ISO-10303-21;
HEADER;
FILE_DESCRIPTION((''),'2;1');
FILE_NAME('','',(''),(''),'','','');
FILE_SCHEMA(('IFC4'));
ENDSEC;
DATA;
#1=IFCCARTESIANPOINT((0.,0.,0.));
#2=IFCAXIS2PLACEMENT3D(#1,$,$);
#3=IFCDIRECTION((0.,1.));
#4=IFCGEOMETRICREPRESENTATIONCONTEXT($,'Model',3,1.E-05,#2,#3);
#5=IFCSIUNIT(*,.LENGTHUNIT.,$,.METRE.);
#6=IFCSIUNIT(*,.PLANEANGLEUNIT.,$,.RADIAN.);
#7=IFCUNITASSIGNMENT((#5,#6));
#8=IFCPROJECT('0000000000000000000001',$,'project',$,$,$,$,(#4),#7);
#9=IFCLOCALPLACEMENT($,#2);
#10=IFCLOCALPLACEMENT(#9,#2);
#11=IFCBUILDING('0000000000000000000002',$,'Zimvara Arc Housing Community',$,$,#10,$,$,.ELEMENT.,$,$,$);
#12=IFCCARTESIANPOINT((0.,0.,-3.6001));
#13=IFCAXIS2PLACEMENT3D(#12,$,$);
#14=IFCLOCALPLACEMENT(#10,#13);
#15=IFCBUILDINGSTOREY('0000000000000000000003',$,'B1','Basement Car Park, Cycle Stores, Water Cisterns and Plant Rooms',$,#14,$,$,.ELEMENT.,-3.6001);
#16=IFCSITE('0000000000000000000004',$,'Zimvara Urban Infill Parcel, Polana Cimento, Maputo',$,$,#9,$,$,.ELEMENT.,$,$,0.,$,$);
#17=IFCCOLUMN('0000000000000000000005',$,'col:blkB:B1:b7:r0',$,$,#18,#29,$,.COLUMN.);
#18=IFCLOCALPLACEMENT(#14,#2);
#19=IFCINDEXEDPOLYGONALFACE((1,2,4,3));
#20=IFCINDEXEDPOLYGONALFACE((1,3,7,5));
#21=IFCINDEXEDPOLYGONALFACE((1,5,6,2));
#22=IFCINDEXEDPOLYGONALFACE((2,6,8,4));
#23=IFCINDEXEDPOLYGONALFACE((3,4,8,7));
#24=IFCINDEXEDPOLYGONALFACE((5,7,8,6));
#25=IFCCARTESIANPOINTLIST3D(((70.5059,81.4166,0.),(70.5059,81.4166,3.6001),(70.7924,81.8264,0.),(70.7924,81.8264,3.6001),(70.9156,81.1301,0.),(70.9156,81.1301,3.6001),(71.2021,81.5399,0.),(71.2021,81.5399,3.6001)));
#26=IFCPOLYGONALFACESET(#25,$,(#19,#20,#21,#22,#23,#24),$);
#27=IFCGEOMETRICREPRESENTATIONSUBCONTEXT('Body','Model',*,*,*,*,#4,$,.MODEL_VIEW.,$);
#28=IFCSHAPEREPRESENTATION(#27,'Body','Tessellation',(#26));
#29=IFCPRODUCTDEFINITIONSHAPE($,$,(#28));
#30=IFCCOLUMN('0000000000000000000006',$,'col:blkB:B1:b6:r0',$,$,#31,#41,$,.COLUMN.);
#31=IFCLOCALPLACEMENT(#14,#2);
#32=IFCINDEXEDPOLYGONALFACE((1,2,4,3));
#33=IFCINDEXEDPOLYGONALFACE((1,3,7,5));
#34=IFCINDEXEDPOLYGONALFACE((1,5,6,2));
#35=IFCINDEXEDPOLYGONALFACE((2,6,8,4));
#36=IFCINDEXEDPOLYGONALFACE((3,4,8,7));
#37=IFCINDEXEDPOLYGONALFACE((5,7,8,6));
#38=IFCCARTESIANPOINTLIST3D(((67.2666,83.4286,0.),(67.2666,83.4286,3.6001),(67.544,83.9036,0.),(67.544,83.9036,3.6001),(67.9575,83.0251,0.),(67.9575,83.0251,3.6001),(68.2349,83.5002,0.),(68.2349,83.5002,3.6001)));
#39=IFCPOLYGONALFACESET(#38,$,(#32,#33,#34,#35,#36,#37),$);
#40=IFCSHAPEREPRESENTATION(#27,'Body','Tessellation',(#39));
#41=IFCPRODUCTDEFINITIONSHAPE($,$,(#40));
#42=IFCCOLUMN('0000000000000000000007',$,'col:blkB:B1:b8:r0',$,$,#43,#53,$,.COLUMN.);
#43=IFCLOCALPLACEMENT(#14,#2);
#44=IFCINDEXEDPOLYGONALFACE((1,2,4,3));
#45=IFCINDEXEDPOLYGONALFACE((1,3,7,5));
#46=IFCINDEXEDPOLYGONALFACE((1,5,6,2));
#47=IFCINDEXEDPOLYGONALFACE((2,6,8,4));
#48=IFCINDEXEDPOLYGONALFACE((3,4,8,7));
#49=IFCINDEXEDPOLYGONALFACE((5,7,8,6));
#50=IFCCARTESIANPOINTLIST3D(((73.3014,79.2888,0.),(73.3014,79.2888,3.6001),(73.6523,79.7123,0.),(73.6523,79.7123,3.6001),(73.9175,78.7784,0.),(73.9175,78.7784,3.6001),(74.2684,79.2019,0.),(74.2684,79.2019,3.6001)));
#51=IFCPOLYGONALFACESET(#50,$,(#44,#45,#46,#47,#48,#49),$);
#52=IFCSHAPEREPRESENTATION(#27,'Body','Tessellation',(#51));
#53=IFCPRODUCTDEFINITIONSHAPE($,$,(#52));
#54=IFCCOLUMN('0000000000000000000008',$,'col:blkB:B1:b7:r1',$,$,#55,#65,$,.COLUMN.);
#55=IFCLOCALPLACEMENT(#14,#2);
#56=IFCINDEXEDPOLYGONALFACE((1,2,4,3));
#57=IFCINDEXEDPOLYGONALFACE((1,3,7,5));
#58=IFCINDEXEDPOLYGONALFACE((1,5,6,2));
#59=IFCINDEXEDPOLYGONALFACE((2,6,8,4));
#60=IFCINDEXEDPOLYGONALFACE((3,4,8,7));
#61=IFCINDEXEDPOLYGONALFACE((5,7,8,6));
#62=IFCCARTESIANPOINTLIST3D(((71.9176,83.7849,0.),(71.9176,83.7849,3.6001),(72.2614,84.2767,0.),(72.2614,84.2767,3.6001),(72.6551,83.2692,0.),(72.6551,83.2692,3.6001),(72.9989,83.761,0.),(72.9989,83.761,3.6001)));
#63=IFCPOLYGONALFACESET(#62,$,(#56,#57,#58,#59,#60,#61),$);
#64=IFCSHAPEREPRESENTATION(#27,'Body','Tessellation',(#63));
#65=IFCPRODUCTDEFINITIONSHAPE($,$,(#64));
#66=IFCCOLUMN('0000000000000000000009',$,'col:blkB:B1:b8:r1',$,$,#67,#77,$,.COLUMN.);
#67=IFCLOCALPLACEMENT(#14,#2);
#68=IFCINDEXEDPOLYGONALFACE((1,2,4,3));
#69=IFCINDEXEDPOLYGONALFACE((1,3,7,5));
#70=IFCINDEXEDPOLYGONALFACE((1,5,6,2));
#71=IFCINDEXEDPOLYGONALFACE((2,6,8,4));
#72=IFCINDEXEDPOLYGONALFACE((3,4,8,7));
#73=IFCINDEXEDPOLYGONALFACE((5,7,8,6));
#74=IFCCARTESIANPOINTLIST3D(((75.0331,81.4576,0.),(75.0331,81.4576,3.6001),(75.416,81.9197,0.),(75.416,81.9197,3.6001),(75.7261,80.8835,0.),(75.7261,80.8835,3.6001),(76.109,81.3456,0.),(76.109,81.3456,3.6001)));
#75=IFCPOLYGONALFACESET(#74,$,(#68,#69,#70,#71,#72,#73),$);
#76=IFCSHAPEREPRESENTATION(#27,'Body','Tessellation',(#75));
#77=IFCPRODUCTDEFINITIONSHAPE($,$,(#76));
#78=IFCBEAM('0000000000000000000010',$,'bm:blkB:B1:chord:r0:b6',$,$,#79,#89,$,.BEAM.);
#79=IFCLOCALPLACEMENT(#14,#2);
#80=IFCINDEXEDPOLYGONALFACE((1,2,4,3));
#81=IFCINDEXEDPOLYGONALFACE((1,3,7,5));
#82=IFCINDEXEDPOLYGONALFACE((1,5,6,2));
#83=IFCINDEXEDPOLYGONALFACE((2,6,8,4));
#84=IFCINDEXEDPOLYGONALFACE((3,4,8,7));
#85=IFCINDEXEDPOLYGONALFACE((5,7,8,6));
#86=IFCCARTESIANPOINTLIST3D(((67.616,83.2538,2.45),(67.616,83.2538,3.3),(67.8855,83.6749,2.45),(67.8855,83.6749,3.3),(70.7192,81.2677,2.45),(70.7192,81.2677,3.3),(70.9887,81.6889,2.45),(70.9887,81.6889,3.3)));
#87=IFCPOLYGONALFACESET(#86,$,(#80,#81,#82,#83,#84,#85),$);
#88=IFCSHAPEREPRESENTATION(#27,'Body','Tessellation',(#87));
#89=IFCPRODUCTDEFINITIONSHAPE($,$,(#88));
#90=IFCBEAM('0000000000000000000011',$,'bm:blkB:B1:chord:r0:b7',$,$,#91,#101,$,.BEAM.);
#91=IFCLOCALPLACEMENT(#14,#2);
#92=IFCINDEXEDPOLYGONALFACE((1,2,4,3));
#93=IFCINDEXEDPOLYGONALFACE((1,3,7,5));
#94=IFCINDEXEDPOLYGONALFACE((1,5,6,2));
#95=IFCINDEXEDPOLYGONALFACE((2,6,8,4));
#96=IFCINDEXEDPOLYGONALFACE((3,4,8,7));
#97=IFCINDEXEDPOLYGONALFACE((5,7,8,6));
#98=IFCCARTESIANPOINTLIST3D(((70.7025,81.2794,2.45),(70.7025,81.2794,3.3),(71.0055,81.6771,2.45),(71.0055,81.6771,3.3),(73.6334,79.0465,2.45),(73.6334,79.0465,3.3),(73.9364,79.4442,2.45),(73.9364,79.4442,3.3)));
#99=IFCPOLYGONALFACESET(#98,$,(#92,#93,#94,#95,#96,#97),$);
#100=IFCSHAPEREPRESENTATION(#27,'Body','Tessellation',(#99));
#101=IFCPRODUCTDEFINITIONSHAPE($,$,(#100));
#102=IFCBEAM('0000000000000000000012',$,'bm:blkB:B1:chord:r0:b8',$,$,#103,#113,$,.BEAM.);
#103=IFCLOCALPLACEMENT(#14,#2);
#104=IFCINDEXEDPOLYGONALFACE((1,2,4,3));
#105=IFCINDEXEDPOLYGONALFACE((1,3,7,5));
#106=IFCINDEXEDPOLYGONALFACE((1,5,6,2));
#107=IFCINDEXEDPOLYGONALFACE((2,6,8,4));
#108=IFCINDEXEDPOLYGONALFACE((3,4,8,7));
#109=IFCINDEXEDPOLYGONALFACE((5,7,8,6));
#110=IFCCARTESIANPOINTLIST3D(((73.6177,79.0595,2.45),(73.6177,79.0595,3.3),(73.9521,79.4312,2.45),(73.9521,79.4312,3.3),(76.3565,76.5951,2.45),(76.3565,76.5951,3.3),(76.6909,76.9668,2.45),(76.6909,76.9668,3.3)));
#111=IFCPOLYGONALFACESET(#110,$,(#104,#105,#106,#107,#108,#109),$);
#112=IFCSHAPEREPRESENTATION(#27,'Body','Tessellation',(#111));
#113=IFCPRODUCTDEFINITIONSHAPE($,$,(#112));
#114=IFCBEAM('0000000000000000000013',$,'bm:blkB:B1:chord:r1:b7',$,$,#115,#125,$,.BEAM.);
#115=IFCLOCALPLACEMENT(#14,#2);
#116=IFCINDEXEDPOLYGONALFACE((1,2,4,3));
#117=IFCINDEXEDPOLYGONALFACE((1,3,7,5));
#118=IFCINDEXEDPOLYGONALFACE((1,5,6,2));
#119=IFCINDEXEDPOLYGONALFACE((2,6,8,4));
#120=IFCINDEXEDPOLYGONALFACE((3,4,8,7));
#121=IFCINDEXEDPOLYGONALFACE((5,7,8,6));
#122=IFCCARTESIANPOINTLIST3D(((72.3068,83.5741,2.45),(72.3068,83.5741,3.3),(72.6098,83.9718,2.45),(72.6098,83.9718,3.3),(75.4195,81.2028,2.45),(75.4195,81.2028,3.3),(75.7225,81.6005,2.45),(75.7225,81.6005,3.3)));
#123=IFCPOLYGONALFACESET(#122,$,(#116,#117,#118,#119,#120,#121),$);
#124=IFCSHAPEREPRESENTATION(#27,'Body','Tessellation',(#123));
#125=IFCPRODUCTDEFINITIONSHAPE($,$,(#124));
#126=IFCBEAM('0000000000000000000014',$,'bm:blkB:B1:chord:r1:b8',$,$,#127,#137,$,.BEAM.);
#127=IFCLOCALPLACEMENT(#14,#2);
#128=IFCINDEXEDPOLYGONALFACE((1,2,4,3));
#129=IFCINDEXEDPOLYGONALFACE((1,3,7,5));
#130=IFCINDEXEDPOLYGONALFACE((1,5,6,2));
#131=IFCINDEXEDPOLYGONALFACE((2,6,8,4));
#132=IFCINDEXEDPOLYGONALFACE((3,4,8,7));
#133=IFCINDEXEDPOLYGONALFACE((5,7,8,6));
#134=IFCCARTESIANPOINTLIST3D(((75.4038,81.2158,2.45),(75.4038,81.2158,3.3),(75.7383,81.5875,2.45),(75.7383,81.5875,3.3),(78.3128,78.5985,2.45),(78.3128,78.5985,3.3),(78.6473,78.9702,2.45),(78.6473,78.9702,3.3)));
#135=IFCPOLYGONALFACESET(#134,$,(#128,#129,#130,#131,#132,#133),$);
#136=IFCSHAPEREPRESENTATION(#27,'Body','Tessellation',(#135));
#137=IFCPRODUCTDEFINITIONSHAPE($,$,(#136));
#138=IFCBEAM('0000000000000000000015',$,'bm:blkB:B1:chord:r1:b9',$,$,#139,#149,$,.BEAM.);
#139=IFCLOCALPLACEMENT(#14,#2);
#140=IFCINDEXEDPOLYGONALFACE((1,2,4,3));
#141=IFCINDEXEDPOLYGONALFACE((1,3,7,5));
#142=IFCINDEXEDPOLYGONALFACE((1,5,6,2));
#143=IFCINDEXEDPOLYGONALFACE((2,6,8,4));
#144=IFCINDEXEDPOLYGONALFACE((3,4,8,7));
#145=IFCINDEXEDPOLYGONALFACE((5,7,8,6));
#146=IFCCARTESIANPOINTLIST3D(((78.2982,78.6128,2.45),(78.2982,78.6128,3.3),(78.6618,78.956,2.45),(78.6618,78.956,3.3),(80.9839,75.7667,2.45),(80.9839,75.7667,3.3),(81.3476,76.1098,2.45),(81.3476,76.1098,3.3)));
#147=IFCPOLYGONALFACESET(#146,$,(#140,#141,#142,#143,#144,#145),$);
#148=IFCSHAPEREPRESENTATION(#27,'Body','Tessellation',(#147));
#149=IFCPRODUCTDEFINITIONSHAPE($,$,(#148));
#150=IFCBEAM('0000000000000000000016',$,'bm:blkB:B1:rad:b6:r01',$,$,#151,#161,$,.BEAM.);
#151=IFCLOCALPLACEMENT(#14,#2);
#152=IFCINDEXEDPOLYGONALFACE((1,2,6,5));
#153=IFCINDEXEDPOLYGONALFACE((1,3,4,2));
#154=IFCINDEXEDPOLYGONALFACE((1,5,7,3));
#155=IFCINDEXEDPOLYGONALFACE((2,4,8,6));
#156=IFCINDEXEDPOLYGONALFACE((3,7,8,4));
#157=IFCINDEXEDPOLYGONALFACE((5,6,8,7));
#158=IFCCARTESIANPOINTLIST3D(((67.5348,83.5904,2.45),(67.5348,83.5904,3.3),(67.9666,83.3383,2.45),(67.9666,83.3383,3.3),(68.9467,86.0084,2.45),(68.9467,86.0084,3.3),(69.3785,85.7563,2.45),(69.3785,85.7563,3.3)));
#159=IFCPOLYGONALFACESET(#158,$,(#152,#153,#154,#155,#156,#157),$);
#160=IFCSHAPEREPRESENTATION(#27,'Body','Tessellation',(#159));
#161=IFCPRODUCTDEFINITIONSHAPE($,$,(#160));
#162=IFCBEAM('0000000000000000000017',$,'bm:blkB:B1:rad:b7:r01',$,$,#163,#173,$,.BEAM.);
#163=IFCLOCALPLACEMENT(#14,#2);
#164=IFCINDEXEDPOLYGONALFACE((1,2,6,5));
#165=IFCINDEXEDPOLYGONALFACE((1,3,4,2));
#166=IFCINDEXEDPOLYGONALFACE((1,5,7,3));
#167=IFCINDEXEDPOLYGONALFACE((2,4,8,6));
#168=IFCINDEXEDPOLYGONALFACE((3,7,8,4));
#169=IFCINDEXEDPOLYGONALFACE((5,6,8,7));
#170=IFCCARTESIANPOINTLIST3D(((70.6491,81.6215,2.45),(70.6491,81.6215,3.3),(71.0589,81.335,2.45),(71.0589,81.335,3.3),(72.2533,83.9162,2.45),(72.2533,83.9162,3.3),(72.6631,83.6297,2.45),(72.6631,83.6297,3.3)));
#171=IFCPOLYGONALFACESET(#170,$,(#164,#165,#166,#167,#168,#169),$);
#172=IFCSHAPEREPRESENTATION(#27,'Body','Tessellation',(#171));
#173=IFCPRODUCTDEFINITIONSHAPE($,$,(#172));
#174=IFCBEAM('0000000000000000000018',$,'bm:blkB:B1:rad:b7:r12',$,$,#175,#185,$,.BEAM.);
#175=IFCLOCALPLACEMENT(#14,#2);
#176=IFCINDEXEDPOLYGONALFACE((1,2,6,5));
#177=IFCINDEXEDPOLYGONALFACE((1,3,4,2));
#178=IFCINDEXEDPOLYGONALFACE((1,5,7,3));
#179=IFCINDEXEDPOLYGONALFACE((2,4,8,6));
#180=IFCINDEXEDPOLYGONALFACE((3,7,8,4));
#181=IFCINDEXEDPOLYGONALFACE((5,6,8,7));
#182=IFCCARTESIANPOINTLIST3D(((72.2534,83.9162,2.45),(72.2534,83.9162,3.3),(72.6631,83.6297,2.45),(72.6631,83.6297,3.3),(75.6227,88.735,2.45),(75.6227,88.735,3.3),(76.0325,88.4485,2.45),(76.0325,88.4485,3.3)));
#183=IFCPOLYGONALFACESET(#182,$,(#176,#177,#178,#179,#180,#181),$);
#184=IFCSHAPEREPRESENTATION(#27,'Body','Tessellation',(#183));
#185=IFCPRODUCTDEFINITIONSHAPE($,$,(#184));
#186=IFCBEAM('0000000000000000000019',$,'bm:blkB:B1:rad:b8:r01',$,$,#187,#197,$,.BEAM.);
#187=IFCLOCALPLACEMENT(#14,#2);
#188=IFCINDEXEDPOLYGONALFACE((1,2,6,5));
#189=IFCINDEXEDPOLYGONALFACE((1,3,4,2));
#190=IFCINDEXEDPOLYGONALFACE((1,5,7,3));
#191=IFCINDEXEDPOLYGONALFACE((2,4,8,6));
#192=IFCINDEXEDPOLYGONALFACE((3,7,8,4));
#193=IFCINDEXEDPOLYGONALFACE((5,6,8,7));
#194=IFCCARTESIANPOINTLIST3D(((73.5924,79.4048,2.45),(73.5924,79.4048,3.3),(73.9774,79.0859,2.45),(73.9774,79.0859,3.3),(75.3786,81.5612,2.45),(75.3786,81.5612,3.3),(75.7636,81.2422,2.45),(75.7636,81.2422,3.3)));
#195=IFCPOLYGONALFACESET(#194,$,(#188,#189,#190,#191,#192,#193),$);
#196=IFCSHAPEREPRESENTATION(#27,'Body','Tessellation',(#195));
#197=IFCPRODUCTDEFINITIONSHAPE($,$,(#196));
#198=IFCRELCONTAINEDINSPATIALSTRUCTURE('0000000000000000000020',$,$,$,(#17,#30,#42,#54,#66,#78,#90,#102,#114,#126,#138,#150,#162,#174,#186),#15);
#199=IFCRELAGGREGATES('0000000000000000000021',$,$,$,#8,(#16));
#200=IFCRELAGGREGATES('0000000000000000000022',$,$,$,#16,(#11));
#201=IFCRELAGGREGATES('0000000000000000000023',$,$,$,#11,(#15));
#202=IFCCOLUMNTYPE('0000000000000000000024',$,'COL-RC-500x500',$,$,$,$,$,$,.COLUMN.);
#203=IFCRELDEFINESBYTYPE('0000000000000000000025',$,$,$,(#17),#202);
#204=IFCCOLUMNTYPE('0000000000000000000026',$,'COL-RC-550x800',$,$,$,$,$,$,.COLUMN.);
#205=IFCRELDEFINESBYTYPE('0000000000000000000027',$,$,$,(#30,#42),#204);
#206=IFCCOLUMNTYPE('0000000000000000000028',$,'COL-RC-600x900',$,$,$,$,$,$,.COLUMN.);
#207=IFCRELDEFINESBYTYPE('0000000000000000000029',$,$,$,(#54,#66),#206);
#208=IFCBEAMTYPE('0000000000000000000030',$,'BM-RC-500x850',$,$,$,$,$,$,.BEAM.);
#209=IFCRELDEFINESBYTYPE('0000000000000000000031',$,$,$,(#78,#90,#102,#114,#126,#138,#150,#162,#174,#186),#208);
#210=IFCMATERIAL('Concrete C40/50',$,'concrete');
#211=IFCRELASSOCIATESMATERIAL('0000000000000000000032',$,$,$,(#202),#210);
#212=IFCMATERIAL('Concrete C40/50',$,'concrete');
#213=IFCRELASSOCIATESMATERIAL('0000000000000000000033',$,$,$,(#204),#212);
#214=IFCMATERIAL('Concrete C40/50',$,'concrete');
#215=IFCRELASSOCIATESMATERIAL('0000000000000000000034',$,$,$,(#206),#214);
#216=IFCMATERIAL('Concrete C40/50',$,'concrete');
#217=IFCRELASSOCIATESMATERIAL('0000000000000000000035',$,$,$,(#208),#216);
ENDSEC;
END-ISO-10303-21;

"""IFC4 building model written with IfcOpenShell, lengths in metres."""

from ifc_helpers import new_model, si_unit, direction, frame, origin, origin_2d, place, context, subcontext, project, spatial, rectangle, extrude, material, material_profile, profile_set, type_object, element, save


model = new_model("IFC4")

# Units and contexts
model_context = context("Model", 3, precision=1e-05, world=origin(), true_north=direction((0.0, 1.0)))
body_context = subcontext(model_context, "Body", "Model", "MODEL_VIEW")
ifc_project = project(units=[si_unit("LENGTHUNIT", "METRE"), si_unit("PLANEANGLEUNIT", "RADIAN")], contexts=[model_context])

# Site, building, storey
site_placement = place(None, origin())
site = spatial("IfcSite", under=ifc_project, at=site_placement, Name="Zimvara Urban Infill Parcel, Polana Cimento, Maputo", CompositionType="ELEMENT", RefElevation=0.0)
building_placement = place(site_placement, origin())
building = spatial("IfcBuilding", under=site, at=building_placement, Name="Zimvara Arc Housing Community", CompositionType="ELEMENT")
storey_placement = place(building_placement, frame((0.0, 0.0, -3.6001)))
storey = spatial("IfcBuildingStorey", under=building, at=storey_placement, Name="B1", Description="Basement Car Park, Cycle Stores, Water Cisterns and Plant Rooms", CompositionType="ELEMENT", Elevation=-3.6001)

# Columns
ifc_material_1 = material(Name="Concrete C40/50", Category="concrete")
ifc_material_profile_1 = material_profile(ifc_material_1, rectangle(XDim=0.5, YDim=0.5, at=origin_2d()), Name="RC 500x500")
ifc_profile_set_1 = profile_set([ifc_material_profile_1], Name="Concrete C40/50")
column_type_1 = type_object("IfcColumnType", Name="COL-RC-500x500", PredefinedType="COLUMN", material=ifc_profile_set_1)
column_placement = place(storey_placement, frame((70.854, 81.4783, 0.0), z_axis=(0.0, 0.0, 1.0), x_axis=(0.573004, 0.819552, 0.0)))
element("IfcColumn", 1, at=column_placement, inside=storey, type_object=column_type_1, Name="col:blkB:B1:b7:r0", PredefinedType="COLUMN", context=body_context, shape_type="SweptSolid", body=[
    extrude(rectangle(XDim=0.5, YDim=0.5, at=origin_2d()), origin(), (0.0, 0.0, 1.0), 3.6001),
])
ifc_material_2 = material(Name="Concrete C40/50", Category="concrete")
ifc_material_profile_2 = material_profile(ifc_material_2, rectangle(XDim=0.55, YDim=0.8, at=origin_2d()), Name="RC 550x800")
ifc_profile_set_2 = profile_set([ifc_material_profile_2], Name="Concrete C40/50")
column_type_2 = type_object("IfcColumnType", Name="COL-RC-550x800", PredefinedType="COLUMN", material=ifc_profile_set_2)
for number, where, z_axis, x_axis, name in (
    (2, (67.7507, 83.4644, 0.0), (0.0, 0.0, 1.0), (0.504226, 0.863572, 0.0), "col:blkB:B1:b6:r0"),
    (3, (73.7849, 79.2454, 0.0), (0.0, 0.0, 1.0), (0.637962, 0.770068, 0.0), "col:blkB:B1:b8:r0"),
):
    element("IfcColumn", number, at=place(storey_placement, frame(where, z_axis=z_axis, x_axis=x_axis)), inside=storey, type_object=column_type_2, Name=name, PredefinedType="COLUMN", context=body_context, shape_type="SweptSolid", body=[
        extrude(rectangle(XDim=0.55, YDim=0.8, at=origin_2d()), origin(), (0.0, 0.0, 1.0), 3.6001),
    ])
ifc_material_3 = material(Name="Concrete C40/50", Category="concrete")
ifc_material_profile_3 = material_profile(ifc_material_3, rectangle(XDim=0.6001, YDim=0.8999, at=origin_2d()), Name="RC 600x900")
ifc_profile_set_3 = profile_set([ifc_material_profile_3], Name="Concrete C40/50")
column_type_3 = type_object("IfcColumnType", Name="COL-RC-600x900", PredefinedType="COLUMN", material=ifc_profile_set_3)
for number, where, z_axis, x_axis, name in (
    (4, (72.4583, 83.7729, 0.0), (0.0, 0.0, 1.0), (0.573004, 0.819552, 0.0), "col:blkB:B1:b7:r1"),
    (5, (75.571, 81.4016, 0.0), (0.0, 0.0, 1.0), (0.637962, 0.770068, 0.0), "col:blkB:B1:b8:r1"),
):
    element("IfcColumn", number, at=place(storey_placement, frame(where, z_axis=z_axis, x_axis=x_axis)), inside=storey, type_object=column_type_3, Name=name, PredefinedType="COLUMN", context=body_context, shape_type="SweptSolid", body=[
        extrude(rectangle(XDim=0.6001, YDim=0.8999, at=origin_2d()), origin(), (0.0, 0.0, 1.0), 3.6001),
    ])

# Beams
ifc_material_4 = material(Name="Concrete C40/50", Category="concrete")
ifc_material_profile_4 = material_profile(ifc_material_4, rectangle(XDim=0.5, YDim=0.8501, at=origin_2d()), Name="RC 500x850")
ifc_profile_set_4 = profile_set([ifc_material_profile_4], Name="Concrete C40/50")
beam_type = type_object("IfcBeamType", Name="BM-RC-500x850", PredefinedType="BEAM", material=ifc_profile_set_4)
beam_1_placement = place(storey_placement, frame((67.7507, 83.4644, 2.875), z_axis=(0.842273, -0.539052, 0.0), x_axis=(0.539052, 0.842273, 0.0)))
element("IfcBeam", 6, at=beam_1_placement, inside=storey, type_object=beam_type, Name="bm:blkB:B1:chord:r0:b6", PredefinedType="BEAM", context=body_context, shape_type="SweptSolid", body=[
    extrude(rectangle(XDim=0.5, YDim=0.8501, at=origin_2d()), origin(), (0.0, 0.0, 1.0), 3.6843),
])
beam_2_placement = place(storey_placement, frame((70.854, 81.4783, 2.875), z_axis=(0.795453, -0.606015, 0.0), x_axis=(0.606015, 0.795453, 0.0)))
element("IfcBeam", 7, at=beam_2_placement, inside=storey, type_object=beam_type, Name="bm:blkB:B1:chord:r0:b7", PredefinedType="BEAM", context=body_context, shape_type="SweptSolid", body=[
    extrude(rectangle(XDim=0.5, YDim=0.8501, at=origin_2d()), origin(), (0.0, 0.0, 1.0), 3.6846),
])
beam_3_placement = place(storey_placement, frame((73.7849, 79.2454, 2.875), z_axis=(0.743367, -0.668884, 0.0), x_axis=(0.668884, 0.743367, 0.0)))
element("IfcBeam", 8, at=beam_3_placement, inside=storey, type_object=beam_type, Name="bm:blkB:B1:chord:r0:b8", PredefinedType="BEAM", context=body_context, shape_type="SweptSolid", body=[
    extrude(rectangle(XDim=0.5, YDim=0.8501, at=origin_2d()), origin(), (0.0, 0.0, 1.0), 3.6843),
])
for number, where, z_axis, x_axis, name in (
    (9, (72.4583, 83.7729, 2.875), (0.79547, -0.605992, 0.0), (0.605992, 0.79547, 0.0), "bm:blkB:B1:chord:r1:b7"),
    (10, (75.571, 81.4016, 2.875), (0.743403, -0.668844, 0.0), (0.668844, 0.743403, 0.0), "bm:blkB:B1:chord:r1:b8"),
):
    element("IfcBeam", number, at=place(storey_placement, frame(where, z_axis=z_axis, x_axis=x_axis)), inside=storey, type_object=beam_type, Name=name, PredefinedType="BEAM", context=body_context, shape_type="SweptSolid", body=[
        extrude(rectangle(XDim=0.5, YDim=0.8501, at=origin_2d()), origin(), (0.0, 0.0, 1.0), 3.9131),
    ])
beam_4_placement = place(storey_placement, frame((78.48, 78.7844, 2.875), z_axis=(0.686316, -0.727304, 0.0), x_axis=(0.727304, 0.686316, 0.0)))
element("IfcBeam", 11, at=beam_4_placement, inside=storey, type_object=beam_type, Name="bm:blkB:B1:chord:r1:b9", PredefinedType="BEAM", context=body_context, shape_type="SweptSolid", body=[
    extrude(rectangle(XDim=0.5, YDim=0.8501, at=origin_2d()), origin(), (0.0, 0.0, 1.0), 3.9133),
])
beam_5_placement = place(storey_placement, frame((67.7507, 83.4644, 2.875), z_axis=(0.50424, 0.863564, 0.0), x_axis=(-0.863564, 0.50424, 0.0)))
element("IfcBeam", 12, at=beam_5_placement, inside=storey, type_object=beam_type, Name="bm:blkB:B1:rad:b6:r01", PredefinedType="BEAM", context=body_context, shape_type="SweptSolid", body=[
    extrude(rectangle(XDim=0.5, YDim=0.8501, at=origin_2d()), origin(), (0.0, 0.0, 1.0), 2.8),
])
beam_6_placement = place(storey_placement, frame((70.854, 81.4783, 2.875), z_axis=(0.572977, 0.819572, 0.0), x_axis=(-0.819572, 0.572977, 0.0)))
element("IfcBeam", 13, at=beam_6_placement, inside=storey, type_object=beam_type, Name="bm:blkB:B1:rad:b7:r01", PredefinedType="BEAM", context=body_context, shape_type="SweptSolid", body=[
    extrude(rectangle(XDim=0.5, YDim=0.8501, at=origin_2d()), origin(), (0.0, 0.0, 1.0), 2.7998),
])
beam_7_placement = place(storey_placement, frame((72.4583, 83.7729, 2.875), z_axis=(0.573028, 0.819536, 0.0), x_axis=(-0.819536, 0.573028, 0.0)))
element("IfcBeam", 14, at=beam_7_placement, inside=storey, type_object=beam_type, Name="bm:blkB:B1:rad:b7:r12", PredefinedType="BEAM", context=body_context, shape_type="SweptSolid", body=[
    extrude(rectangle(XDim=0.5, YDim=0.8501, at=origin_2d()), origin(), (0.0, 0.0, 1.0), 5.8799),
])
beam_8_placement = place(storey_placement, frame((73.7849, 79.2454, 2.875), z_axis=(0.637917, 0.770105, 0.0), x_axis=(-0.770105, 0.637917, 0.0)))
element("IfcBeam", 15, at=beam_8_placement, inside=storey, type_object=beam_type, Name="bm:blkB:B1:rad:b8:r01", PredefinedType="BEAM", context=body_context, shape_type="SweptSolid", body=[
    extrude(rectangle(XDim=0.5, YDim=0.8501, at=origin_2d()), origin(), (0.0, 0.0, 1.0), 2.8),
])

save(model, "model.ifc")
